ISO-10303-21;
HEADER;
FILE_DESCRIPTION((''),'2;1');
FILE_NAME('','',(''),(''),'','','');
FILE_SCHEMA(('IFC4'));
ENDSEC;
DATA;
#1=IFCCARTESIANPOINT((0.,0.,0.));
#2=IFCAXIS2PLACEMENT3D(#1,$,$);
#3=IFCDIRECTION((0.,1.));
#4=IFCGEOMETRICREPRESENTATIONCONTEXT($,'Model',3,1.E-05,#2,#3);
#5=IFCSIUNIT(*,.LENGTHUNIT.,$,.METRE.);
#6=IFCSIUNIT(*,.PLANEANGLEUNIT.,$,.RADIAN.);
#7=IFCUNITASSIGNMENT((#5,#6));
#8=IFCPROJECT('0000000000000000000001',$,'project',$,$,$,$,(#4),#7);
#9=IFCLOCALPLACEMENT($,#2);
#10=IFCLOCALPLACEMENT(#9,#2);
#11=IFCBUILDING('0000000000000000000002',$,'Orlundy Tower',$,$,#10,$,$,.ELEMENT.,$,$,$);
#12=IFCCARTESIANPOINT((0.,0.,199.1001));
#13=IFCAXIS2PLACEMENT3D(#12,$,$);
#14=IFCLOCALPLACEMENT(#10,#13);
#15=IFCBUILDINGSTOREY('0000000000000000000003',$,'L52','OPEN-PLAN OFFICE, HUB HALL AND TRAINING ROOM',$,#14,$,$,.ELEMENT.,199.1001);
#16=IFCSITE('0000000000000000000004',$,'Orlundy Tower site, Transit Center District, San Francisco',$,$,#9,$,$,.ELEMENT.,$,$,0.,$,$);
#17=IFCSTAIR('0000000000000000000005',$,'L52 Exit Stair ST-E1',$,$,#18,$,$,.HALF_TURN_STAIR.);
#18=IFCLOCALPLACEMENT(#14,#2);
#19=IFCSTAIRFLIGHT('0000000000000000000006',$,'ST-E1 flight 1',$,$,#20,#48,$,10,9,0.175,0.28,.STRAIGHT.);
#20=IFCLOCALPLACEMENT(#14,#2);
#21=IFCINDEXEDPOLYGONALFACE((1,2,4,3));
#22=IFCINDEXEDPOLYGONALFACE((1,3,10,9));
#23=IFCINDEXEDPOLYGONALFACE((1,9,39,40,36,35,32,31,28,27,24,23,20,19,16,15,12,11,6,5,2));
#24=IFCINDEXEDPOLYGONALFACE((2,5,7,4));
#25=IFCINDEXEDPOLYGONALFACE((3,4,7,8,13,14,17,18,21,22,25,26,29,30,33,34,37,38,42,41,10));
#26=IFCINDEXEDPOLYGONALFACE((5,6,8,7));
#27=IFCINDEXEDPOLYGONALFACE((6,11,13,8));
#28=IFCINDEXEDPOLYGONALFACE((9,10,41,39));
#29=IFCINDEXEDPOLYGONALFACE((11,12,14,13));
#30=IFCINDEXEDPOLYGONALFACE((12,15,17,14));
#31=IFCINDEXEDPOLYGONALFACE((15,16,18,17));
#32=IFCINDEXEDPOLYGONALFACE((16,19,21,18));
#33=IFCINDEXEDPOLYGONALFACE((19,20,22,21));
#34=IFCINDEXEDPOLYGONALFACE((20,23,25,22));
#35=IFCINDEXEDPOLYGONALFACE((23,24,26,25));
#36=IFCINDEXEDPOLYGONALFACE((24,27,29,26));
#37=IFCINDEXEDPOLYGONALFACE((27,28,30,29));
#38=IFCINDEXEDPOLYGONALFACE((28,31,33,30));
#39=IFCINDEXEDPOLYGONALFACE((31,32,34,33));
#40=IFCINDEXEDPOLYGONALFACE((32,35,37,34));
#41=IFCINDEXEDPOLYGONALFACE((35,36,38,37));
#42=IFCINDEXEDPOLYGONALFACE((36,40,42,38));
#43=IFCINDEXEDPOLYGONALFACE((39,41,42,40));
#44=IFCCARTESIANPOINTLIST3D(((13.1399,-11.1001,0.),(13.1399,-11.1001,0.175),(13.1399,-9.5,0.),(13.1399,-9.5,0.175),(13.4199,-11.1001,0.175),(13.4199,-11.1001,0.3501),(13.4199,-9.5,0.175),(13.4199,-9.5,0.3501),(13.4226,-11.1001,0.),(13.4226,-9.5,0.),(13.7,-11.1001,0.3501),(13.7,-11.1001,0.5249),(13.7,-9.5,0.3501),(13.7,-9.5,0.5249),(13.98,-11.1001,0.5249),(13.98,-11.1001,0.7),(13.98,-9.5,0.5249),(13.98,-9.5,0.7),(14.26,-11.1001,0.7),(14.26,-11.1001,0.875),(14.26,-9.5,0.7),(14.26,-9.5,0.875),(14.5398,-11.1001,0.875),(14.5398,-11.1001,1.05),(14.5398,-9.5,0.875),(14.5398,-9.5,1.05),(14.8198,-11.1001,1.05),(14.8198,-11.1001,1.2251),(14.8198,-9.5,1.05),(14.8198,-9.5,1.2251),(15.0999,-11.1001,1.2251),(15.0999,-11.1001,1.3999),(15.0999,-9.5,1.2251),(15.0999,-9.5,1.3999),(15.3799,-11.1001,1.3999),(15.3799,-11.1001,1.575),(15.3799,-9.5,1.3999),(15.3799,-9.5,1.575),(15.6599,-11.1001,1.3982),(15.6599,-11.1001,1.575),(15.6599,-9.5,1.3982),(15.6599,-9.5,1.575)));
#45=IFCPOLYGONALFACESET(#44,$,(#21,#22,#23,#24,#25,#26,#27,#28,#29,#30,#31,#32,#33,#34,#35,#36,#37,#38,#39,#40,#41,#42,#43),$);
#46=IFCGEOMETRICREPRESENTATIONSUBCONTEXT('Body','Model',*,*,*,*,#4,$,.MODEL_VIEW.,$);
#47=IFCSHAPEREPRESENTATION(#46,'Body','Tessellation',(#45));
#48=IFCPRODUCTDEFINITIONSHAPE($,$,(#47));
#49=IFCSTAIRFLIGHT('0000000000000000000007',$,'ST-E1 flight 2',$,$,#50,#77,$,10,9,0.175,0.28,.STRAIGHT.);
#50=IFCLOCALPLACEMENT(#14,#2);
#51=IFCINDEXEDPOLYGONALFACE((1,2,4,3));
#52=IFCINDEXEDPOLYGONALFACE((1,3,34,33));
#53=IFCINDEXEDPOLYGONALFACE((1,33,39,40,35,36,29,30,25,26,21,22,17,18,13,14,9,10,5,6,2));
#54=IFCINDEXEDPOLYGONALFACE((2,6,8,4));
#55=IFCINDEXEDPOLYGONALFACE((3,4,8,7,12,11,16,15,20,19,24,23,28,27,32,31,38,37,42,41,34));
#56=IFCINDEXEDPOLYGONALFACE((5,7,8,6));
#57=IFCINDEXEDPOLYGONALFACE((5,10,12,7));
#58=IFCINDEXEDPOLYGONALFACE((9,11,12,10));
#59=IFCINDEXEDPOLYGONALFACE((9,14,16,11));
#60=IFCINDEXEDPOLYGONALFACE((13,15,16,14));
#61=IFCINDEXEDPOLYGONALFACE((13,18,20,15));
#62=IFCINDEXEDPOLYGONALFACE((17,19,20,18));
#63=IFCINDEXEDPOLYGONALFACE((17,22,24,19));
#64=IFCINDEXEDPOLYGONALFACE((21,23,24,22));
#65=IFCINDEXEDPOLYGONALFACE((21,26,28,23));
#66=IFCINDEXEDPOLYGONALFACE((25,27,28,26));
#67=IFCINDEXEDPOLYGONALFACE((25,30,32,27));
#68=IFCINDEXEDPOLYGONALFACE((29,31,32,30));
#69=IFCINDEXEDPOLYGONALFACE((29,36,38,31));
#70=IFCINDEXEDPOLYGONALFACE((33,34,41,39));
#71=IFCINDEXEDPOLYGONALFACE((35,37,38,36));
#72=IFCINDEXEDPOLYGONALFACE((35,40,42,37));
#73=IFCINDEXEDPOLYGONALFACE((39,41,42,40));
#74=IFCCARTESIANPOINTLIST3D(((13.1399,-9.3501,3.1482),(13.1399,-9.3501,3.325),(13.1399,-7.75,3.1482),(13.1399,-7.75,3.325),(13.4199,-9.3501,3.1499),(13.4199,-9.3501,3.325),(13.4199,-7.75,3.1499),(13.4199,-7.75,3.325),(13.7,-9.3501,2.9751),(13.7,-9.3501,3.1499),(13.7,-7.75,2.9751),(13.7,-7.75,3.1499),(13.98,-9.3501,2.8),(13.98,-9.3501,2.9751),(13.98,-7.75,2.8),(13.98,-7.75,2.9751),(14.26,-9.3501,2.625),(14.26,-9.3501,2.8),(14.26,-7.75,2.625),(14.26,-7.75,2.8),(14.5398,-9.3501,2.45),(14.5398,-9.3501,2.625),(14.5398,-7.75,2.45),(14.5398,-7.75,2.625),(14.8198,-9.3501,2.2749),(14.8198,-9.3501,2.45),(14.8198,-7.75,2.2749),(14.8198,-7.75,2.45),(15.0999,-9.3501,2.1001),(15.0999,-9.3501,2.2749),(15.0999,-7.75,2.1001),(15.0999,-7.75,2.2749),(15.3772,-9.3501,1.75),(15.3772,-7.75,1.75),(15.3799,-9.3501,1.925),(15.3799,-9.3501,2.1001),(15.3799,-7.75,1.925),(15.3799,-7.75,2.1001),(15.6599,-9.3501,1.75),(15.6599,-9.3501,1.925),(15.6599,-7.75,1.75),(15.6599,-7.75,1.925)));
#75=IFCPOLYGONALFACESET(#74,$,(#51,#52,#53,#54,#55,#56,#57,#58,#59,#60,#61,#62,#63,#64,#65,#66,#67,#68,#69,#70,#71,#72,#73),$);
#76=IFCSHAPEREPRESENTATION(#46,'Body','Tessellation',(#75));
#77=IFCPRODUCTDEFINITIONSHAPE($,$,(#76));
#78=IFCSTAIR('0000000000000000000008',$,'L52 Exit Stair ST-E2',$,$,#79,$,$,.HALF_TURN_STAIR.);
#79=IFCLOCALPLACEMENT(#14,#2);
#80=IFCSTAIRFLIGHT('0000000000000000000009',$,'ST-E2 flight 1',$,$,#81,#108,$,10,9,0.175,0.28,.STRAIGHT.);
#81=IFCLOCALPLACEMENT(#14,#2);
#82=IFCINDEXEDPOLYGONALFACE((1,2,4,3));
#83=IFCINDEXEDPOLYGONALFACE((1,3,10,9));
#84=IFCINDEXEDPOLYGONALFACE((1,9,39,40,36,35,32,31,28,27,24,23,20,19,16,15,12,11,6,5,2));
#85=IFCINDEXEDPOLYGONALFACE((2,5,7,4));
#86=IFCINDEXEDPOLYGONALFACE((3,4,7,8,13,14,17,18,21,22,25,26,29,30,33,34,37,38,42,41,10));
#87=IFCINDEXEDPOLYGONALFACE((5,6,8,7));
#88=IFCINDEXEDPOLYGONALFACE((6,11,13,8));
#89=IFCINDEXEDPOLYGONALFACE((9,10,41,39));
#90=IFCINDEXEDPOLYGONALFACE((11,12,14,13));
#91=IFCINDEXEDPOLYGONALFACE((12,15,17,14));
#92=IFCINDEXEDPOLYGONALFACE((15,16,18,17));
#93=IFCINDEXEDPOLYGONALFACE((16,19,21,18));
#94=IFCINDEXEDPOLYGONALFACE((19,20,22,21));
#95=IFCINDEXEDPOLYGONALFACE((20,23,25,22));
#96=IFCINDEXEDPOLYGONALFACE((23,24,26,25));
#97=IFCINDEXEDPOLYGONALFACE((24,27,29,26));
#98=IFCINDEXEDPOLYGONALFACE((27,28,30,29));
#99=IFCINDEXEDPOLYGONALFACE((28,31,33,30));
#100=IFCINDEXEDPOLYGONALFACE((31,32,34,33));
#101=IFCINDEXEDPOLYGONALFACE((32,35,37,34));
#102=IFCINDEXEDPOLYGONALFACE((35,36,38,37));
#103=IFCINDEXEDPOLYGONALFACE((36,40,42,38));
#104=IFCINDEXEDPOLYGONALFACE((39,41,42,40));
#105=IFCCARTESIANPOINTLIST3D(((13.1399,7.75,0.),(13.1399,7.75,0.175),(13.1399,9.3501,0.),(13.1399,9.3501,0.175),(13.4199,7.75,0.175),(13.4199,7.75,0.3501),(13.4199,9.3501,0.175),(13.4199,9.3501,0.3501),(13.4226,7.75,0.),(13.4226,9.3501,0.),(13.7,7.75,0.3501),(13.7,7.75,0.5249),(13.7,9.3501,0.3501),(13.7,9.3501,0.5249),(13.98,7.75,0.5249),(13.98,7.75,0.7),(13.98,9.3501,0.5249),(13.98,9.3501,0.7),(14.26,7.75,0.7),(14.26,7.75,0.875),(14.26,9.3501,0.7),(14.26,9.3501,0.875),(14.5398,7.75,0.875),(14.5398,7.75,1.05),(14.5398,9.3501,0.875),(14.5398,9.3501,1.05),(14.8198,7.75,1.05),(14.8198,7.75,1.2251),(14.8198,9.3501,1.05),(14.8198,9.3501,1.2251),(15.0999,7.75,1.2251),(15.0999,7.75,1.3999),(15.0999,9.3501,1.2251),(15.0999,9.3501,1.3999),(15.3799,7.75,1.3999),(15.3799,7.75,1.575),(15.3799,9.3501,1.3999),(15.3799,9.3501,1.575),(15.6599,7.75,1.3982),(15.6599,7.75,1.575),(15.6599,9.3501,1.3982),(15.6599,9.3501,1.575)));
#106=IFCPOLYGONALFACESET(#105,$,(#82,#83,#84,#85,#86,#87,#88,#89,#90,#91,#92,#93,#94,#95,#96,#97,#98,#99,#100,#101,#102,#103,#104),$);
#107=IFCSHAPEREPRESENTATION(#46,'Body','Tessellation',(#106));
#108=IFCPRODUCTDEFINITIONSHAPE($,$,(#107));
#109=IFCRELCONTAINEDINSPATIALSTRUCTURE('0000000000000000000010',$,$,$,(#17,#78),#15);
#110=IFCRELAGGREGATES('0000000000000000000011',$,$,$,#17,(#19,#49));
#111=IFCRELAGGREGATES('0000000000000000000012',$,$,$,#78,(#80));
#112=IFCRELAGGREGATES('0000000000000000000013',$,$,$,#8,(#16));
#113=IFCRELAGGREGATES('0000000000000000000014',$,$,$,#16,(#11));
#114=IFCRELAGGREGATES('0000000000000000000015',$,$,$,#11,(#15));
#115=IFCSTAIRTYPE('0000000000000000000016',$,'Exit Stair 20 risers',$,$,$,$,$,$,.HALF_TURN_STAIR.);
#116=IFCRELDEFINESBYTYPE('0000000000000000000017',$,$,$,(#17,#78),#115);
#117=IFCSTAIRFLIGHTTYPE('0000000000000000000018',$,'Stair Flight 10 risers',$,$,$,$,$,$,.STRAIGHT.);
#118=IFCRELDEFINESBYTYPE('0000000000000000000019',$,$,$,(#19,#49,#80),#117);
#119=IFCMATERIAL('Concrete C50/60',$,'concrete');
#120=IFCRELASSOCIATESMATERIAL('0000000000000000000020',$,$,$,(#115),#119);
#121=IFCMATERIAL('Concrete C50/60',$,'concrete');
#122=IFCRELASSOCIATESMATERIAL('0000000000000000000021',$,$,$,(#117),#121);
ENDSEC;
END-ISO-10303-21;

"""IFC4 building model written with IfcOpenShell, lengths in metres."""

from ifc_helpers import new_model, si_unit, direction, frame, origin, place, context, subcontext, project, spatial, polyline, outline, extrude, material, type_object, element, aggregate, save


model = new_model("IFC4")

# Units and contexts
model_context = context("Model", 3, precision=1e-05, world=origin(), true_north=direction((0.0, 1.0)))
body_context = subcontext(model_context, "Body", "Model", "MODEL_VIEW")
ifc_project = project(units=[si_unit("LENGTHUNIT", "METRE"), si_unit("PLANEANGLEUNIT", "RADIAN")], contexts=[model_context])

# Site, building, storey
site_placement = place(None, origin())
site = spatial("IfcSite", under=ifc_project, at=site_placement, Name="Orlundy Tower site, Transit Center District, San Francisco", CompositionType="ELEMENT", RefElevation=0.0)
building_placement = place(site_placement, origin())
building = spatial("IfcBuilding", under=site, at=building_placement, Name="Orlundy Tower", CompositionType="ELEMENT")
storey_placement = place(building_placement, frame((0.0, 0.0, 199.1001)))
storey = spatial("IfcBuildingStorey", under=building, at=storey_placement, Name="L52", Description="OPEN-PLAN OFFICE, HUB HALL AND TRAINING ROOM", CompositionType="ELEMENT", Elevation=199.1001)

# Stair, stair flights
ifc_material_1 = material(Name="Concrete C50/60", Category="concrete")
stair_type = type_object("IfcStairType", Name="Exit Stair 20 risers", PredefinedType="HALF_TURN_STAIR", material=ifc_material_1)
stair_1_placement = place(storey_placement, origin())
stair_1 = element("IfcStair", 1, at=stair_1_placement, inside=storey, type_object=stair_type, Name="L52 Exit Stair ST-E1", PredefinedType="HALF_TURN_STAIR")
ifc_material_2 = material(Name="Concrete C50/60", Category="concrete")
stair_flight_type = type_object("IfcStairFlightType", Name="Stair Flight 10 risers", PredefinedType="STRAIGHT", material=ifc_material_2)
stair_flight_1_placement = place(storey_placement, frame((13.1399, -10.3, 0.0), z_axis=(0.0, 0.0, 1.0), x_axis=(1.0, 0.0, 0.0)))
stair_flight_1 = element("IfcStairFlight", 2, at=stair_flight_1_placement, type_object=stair_flight_type, Name="ST-E1 flight 1", NumberOfRisers=10, NumberOfTreads=9, PredefinedType="STRAIGHT", RiserHeight=0.175, TreadLength=0.28, context=body_context, shape_type="SweptSolid", body=[
    extrude(outline(polyline([(0.0, 0.0), (0.0, 0.175), (0.28, 0.175), (0.28, 0.3501), (0.5601, 0.3501), (0.5601, 0.5249), (0.8401, 0.5249), (0.8401, 0.7), (1.1201, 0.7), (1.1201, 0.875), (1.3999, 0.875), (1.3999, 1.05), (1.6799, 1.05), (1.6799, 1.2251), (1.96, 1.2251), (1.96, 1.3999), (2.24, 1.3999), (2.24, 1.575), (2.52, 1.575), (2.52, 1.75), (2.52, 1.3982), (0.2827, 0.0), (0.0, 0.0)])), frame((0.0, 0.8, 0.0), z_axis=(0.0, -1.0, 0.0), x_axis=(1.0, 0.0, 0.0)), (0.0, 0.0, 1.0), 1.6001),
])
stair_flight_2_placement = place(storey_placement, frame((15.6599, -8.55, 1.75), z_axis=(0.0, 0.0, 1.0), x_axis=(-1.0, 0.0, 0.0)))
stair_flight_2 = element("IfcStairFlight", 3, at=stair_flight_2_placement, type_object=stair_flight_type, Name="ST-E1 flight 2", NumberOfRisers=10, NumberOfTreads=9, PredefinedType="STRAIGHT", RiserHeight=0.175, TreadLength=0.28, context=body_context, shape_type="SweptSolid", body=[
    extrude(outline(polyline([(0.0, 0.0), (0.0, 0.175), (0.28, 0.175), (0.28, 0.3501), (0.5601, 0.3501), (0.5601, 0.5249), (0.8401, 0.5249), (0.8401, 0.7), (1.1201, 0.7), (1.1201, 0.875), (1.3999, 0.875), (1.3999, 1.05), (1.6799, 1.05), (1.6799, 1.2251), (1.96, 1.2251), (1.96, 1.3999), (2.24, 1.3999), (2.24, 1.575), (2.52, 1.575), (2.52, 1.75), (2.52, 1.3982), (0.2827, 0.0), (0.0, 0.0)])), frame((0.0, 0.8, 0.0), z_axis=(0.0, -1.0, 0.0), x_axis=(1.0, 0.0, 0.0)), (0.0, 0.0, 1.0), 1.6001),
])
aggregate(stair_1, [stair_flight_1, stair_flight_2])

# Stair, stair flight
stair_2_placement = place(storey_placement, origin())
stair_2 = element("IfcStair", 4, at=stair_2_placement, inside=storey, type_object=stair_type, Name="L52 Exit Stair ST-E2", PredefinedType="HALF_TURN_STAIR")
stair_flight_3_placement = place(storey_placement, frame((13.1399, 8.55, 0.0), z_axis=(0.0, 0.0, 1.0), x_axis=(1.0, 0.0, 0.0)))
stair_flight_3 = element("IfcStairFlight", 5, at=stair_flight_3_placement, type_object=stair_flight_type, Name="ST-E2 flight 1", NumberOfRisers=10, NumberOfTreads=9, PredefinedType="STRAIGHT", RiserHeight=0.175, TreadLength=0.28, context=body_context, shape_type="SweptSolid", body=[
    extrude(outline(polyline([(0.0, 0.0), (0.0, 0.175), (0.28, 0.175), (0.28, 0.3501), (0.5601, 0.3501), (0.5601, 0.5249), (0.8401, 0.5249), (0.8401, 0.7), (1.1201, 0.7), (1.1201, 0.875), (1.3999, 0.875), (1.3999, 1.05), (1.6799, 1.05), (1.6799, 1.2251), (1.96, 1.2251), (1.96, 1.3999), (2.24, 1.3999), (2.24, 1.575), (2.52, 1.575), (2.52, 1.75), (2.52, 1.3982), (0.2827, 0.0), (0.0, 0.0)])), frame((0.0, 0.8, 0.0), z_axis=(0.0, -1.0, 0.0), x_axis=(1.0, 0.0, 0.0)), (0.0, 0.0, 1.0), 1.6001),
])
aggregate(stair_2, [stair_flight_3])

save(model, "model.ifc")
